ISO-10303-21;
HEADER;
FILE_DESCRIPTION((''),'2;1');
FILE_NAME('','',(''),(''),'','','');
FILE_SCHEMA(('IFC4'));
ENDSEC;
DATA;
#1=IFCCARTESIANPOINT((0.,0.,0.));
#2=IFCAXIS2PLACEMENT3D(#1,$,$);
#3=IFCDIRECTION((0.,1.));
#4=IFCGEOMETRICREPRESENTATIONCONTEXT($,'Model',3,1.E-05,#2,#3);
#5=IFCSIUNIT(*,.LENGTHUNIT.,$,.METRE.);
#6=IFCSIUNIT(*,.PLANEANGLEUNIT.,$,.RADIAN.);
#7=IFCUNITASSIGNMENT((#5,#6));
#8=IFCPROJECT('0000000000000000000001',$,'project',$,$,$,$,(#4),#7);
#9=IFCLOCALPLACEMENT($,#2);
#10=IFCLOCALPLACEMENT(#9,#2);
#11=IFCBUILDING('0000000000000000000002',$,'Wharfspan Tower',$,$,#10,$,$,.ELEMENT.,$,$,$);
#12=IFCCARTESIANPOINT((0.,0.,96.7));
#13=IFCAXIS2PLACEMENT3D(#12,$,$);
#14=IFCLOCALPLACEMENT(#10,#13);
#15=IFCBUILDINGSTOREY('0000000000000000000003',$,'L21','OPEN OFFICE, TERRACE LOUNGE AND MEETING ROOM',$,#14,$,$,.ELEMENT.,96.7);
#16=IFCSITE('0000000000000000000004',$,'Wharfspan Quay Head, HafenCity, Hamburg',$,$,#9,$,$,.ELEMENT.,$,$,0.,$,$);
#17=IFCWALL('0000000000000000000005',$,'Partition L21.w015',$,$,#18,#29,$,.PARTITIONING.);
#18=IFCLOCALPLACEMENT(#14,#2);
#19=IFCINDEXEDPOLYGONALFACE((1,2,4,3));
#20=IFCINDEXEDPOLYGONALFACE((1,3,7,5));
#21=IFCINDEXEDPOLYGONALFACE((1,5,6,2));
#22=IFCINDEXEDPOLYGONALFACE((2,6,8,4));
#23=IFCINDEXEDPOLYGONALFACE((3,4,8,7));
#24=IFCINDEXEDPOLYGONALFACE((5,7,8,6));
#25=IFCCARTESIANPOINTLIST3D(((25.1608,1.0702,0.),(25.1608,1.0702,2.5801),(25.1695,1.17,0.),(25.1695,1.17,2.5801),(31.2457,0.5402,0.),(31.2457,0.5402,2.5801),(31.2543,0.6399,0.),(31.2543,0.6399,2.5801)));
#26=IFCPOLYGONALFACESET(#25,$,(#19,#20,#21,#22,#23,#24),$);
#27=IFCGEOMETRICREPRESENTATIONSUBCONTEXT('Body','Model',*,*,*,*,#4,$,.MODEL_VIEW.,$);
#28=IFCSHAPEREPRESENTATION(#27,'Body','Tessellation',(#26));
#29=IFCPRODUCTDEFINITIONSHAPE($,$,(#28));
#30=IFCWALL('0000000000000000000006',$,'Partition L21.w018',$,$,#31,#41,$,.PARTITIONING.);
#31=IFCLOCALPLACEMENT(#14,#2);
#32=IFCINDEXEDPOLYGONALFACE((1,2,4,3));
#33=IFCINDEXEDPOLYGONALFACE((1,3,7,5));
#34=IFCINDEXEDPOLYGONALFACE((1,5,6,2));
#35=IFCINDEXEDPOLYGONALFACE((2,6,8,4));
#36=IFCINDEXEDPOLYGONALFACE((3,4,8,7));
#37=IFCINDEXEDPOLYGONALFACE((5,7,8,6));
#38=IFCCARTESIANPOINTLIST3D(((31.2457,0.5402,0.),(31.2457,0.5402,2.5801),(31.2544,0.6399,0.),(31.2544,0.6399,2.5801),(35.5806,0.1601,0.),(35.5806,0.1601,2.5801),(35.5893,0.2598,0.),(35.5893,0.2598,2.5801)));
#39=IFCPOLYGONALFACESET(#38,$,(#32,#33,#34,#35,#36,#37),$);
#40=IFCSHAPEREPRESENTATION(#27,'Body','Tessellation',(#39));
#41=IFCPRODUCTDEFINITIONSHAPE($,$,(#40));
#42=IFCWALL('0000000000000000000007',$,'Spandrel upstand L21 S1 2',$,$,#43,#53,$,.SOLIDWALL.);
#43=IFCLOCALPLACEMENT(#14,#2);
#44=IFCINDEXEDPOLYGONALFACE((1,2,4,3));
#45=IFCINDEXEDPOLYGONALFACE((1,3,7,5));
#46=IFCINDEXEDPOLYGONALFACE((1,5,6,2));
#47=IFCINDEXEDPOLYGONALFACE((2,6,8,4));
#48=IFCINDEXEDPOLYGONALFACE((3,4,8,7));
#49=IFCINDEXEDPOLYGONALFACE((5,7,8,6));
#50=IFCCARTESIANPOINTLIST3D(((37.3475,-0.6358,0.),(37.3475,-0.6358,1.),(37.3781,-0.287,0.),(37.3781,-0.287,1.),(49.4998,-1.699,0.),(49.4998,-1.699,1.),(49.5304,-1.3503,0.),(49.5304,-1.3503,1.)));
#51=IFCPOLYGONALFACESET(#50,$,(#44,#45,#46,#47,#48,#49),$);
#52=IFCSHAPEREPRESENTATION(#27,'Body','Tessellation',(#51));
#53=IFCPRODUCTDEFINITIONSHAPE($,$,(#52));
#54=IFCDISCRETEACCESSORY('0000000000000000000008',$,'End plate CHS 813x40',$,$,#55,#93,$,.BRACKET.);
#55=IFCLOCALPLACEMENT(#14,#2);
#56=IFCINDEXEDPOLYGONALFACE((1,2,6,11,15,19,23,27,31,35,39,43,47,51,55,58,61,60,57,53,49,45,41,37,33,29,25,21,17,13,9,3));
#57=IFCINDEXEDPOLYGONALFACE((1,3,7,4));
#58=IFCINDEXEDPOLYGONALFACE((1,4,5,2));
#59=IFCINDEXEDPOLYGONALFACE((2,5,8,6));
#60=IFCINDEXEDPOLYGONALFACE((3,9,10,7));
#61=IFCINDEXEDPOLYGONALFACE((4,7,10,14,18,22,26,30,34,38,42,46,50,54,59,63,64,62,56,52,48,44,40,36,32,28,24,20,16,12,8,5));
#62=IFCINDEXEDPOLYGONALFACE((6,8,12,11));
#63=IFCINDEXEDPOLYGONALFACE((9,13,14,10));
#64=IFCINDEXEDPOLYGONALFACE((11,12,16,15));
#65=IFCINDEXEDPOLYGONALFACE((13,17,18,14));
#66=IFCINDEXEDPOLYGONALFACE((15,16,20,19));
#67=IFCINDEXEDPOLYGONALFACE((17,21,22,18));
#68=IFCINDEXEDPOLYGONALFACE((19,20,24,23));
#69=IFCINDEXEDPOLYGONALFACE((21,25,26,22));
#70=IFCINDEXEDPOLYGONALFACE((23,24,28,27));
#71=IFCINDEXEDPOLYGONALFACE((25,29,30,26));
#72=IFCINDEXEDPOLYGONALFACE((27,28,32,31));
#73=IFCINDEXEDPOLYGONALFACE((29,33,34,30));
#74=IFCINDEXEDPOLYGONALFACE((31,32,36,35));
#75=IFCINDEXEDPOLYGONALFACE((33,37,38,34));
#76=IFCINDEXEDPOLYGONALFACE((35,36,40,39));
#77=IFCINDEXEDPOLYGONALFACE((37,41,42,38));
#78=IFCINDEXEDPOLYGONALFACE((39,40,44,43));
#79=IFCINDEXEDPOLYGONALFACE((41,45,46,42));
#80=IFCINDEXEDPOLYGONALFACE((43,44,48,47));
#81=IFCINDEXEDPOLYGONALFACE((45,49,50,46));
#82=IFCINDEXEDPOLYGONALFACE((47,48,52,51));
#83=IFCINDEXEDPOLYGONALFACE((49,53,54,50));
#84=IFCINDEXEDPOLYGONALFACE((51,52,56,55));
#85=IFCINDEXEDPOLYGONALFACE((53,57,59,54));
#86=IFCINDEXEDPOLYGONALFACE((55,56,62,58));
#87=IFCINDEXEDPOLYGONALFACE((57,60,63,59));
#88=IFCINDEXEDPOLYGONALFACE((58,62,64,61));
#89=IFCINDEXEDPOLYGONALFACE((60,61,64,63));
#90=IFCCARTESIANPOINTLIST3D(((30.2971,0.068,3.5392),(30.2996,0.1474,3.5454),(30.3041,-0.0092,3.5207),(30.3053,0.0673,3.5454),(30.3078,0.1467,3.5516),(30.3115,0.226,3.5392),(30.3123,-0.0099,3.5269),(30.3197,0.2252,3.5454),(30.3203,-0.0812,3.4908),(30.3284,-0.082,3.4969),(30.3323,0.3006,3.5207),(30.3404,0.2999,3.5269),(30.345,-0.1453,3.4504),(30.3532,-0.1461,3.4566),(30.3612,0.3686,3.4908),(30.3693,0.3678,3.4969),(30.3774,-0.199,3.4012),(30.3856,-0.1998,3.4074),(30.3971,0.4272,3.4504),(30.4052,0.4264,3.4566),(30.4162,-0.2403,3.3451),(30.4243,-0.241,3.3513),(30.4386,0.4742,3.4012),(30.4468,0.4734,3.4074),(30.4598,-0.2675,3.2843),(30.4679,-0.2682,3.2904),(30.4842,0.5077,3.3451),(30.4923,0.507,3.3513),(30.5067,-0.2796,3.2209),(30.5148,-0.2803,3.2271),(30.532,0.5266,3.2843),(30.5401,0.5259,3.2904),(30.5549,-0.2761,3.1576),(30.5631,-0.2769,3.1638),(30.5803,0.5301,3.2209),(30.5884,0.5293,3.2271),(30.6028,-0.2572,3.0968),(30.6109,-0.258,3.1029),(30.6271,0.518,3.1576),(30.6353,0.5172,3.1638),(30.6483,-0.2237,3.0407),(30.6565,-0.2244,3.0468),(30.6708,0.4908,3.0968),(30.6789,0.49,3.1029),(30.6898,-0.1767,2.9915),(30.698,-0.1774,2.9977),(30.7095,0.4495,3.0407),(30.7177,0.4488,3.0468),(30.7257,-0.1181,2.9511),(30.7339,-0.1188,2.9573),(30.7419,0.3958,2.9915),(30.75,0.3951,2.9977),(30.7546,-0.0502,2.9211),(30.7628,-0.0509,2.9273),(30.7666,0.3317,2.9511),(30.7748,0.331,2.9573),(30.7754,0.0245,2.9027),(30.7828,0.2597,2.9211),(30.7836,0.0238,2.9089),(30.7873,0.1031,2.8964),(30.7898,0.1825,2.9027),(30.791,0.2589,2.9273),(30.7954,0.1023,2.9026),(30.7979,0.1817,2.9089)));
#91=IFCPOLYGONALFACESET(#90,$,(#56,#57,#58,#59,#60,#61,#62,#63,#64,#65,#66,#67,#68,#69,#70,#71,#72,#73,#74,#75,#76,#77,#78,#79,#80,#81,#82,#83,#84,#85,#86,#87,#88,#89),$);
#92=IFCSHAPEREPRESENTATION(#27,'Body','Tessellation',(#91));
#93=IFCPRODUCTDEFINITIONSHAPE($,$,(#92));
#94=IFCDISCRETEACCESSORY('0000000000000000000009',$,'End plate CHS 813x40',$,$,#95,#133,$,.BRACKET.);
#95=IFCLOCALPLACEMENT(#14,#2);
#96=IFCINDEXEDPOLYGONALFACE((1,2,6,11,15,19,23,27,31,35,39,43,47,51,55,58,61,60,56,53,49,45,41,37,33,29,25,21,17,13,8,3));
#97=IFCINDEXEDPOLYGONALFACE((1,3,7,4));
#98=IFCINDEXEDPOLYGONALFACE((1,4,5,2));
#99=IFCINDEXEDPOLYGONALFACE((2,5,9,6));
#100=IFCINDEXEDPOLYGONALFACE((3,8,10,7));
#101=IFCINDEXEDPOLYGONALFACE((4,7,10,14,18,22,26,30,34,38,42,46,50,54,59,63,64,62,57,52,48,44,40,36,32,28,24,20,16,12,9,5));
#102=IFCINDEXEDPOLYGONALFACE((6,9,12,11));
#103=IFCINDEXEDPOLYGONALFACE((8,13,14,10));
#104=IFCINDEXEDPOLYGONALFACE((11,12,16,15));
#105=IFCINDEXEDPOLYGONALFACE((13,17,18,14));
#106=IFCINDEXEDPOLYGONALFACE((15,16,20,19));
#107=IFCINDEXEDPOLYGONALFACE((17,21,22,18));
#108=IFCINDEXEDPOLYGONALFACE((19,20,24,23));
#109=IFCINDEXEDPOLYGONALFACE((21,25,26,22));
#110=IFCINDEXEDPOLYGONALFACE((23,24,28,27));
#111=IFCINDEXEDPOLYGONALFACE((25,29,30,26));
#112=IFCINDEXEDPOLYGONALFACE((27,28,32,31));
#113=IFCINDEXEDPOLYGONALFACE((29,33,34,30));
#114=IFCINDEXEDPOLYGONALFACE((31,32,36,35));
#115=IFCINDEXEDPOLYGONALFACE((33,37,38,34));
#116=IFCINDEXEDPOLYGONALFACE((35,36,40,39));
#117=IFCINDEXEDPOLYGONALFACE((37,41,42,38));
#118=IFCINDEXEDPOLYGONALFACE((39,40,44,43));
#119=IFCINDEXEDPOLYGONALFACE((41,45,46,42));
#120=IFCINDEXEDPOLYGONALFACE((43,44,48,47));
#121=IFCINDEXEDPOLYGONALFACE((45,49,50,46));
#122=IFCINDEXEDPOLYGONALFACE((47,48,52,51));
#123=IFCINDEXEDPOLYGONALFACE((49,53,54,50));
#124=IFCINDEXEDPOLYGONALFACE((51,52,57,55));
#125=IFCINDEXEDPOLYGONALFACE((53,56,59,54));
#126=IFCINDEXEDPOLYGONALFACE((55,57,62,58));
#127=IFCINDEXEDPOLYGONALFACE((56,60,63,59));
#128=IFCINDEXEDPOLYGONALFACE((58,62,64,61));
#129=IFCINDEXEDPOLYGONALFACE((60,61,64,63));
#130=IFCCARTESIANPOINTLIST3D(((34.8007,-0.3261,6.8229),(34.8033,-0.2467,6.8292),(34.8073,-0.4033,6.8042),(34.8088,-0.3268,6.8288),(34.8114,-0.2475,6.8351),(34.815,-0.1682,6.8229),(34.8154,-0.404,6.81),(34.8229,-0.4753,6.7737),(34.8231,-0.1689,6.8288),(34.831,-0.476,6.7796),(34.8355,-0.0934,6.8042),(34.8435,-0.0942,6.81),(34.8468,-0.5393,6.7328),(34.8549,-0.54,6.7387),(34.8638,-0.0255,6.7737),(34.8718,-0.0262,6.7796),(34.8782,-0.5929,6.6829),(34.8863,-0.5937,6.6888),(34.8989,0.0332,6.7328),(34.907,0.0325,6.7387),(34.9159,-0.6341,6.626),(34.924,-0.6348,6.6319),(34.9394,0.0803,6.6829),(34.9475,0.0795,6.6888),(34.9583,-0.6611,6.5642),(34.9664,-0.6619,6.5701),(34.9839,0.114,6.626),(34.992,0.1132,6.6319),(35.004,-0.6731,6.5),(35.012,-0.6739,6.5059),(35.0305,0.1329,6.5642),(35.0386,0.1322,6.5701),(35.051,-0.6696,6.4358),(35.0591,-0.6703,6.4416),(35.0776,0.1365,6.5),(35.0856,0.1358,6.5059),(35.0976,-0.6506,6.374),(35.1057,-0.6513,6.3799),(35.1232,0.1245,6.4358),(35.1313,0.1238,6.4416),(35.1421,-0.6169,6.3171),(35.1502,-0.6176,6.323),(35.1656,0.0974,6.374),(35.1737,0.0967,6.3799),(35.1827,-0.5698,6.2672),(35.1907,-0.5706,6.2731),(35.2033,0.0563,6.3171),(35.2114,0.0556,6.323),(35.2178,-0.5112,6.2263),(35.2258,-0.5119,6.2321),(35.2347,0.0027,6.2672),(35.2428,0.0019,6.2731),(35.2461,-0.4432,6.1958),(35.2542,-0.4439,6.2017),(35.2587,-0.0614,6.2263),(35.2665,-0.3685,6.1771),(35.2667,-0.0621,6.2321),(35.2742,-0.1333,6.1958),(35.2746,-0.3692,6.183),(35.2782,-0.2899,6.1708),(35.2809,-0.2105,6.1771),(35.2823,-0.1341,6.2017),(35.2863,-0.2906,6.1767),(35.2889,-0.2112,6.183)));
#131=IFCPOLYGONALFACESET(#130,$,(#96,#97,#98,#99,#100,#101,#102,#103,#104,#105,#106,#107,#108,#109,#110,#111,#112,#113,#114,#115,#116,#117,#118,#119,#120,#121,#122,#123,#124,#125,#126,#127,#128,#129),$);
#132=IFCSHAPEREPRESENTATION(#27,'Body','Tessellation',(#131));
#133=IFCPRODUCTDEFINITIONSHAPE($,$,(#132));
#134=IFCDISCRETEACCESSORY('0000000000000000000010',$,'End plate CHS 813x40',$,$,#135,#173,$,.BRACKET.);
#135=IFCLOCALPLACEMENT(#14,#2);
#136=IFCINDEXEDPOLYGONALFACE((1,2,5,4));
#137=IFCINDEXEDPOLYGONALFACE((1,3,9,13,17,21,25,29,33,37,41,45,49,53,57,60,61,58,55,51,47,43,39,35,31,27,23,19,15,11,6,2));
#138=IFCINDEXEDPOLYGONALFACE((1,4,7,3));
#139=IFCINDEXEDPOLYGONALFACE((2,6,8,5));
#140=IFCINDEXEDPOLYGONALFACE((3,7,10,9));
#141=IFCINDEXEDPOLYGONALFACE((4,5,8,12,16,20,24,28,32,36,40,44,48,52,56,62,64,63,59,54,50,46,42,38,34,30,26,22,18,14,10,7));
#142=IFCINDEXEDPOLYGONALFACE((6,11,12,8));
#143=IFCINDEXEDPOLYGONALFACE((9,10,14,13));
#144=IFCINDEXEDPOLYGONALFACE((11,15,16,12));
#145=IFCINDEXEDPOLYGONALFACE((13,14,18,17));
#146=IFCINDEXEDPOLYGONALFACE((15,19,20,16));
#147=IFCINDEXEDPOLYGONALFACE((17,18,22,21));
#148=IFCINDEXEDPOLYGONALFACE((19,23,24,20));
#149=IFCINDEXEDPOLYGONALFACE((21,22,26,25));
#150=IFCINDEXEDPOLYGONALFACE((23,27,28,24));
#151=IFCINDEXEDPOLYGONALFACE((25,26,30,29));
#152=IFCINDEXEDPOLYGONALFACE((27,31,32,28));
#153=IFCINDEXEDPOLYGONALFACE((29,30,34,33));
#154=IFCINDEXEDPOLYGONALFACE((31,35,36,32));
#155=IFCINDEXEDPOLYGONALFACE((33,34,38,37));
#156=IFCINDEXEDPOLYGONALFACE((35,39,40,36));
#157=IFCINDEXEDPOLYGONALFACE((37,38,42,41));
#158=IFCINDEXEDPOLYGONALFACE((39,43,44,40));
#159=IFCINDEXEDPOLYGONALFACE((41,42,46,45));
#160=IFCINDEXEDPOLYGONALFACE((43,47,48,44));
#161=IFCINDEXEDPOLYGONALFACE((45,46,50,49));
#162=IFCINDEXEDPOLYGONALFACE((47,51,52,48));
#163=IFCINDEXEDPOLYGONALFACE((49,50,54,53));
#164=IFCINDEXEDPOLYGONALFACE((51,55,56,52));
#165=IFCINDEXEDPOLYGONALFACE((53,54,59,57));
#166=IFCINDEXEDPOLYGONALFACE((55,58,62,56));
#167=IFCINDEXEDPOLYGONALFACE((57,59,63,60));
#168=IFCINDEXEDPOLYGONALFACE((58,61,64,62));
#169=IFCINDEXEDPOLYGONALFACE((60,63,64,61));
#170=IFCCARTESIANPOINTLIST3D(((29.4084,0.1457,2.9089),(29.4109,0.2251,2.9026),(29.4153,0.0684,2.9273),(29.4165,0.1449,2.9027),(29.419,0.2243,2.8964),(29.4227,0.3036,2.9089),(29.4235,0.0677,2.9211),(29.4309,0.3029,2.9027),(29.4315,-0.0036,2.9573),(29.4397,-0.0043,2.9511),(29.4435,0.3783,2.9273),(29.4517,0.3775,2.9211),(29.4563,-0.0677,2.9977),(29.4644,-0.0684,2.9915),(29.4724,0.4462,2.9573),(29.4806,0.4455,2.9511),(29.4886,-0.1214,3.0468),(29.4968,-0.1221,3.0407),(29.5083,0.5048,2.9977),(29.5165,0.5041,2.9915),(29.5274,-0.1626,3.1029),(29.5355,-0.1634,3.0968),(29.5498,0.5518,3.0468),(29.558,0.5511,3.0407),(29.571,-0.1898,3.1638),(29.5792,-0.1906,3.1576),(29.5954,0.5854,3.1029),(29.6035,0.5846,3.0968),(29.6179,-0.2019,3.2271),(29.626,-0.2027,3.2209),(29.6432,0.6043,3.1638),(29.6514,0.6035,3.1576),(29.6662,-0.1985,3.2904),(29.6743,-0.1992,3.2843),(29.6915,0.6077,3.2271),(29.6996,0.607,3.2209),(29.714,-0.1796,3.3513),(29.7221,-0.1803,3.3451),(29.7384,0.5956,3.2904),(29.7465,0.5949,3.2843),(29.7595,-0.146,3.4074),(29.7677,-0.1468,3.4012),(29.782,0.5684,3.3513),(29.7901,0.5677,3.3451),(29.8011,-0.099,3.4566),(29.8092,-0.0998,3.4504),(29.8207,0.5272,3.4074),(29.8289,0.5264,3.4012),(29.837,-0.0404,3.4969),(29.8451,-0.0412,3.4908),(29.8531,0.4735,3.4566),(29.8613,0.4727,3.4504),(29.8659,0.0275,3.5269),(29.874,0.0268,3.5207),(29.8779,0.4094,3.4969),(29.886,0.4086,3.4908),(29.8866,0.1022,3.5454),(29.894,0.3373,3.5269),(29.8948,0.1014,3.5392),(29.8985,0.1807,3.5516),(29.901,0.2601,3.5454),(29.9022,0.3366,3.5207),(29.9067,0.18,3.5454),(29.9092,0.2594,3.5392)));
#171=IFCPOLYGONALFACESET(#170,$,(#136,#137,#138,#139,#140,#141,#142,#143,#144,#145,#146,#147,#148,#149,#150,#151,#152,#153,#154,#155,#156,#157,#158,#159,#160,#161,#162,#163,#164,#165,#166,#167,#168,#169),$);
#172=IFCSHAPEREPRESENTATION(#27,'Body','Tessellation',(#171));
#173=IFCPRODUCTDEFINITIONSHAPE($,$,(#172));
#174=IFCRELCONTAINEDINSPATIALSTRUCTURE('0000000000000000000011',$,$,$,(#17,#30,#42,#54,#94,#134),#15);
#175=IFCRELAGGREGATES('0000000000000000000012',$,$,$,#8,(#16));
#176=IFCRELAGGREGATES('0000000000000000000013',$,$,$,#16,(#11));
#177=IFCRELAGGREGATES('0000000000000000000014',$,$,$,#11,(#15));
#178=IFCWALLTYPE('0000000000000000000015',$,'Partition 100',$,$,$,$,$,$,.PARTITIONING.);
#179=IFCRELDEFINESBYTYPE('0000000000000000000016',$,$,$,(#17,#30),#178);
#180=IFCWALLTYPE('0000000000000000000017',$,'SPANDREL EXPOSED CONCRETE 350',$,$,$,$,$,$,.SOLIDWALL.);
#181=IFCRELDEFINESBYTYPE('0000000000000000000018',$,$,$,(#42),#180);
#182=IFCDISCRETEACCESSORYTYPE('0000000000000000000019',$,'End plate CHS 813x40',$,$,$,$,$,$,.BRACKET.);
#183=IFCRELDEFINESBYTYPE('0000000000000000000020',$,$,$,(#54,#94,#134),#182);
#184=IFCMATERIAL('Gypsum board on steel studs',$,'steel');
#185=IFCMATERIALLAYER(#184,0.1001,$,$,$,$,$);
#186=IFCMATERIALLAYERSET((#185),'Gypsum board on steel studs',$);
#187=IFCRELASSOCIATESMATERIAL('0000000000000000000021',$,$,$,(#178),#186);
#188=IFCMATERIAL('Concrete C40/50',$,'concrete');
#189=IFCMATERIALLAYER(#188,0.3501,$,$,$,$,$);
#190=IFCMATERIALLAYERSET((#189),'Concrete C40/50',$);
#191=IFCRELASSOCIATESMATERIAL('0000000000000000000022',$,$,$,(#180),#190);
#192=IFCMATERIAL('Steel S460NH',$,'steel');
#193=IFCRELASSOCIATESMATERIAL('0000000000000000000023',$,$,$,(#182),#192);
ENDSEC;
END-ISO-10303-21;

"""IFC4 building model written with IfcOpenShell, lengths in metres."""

from ifc_helpers import new_model, si_unit, direction, frame, frame_2d, origin, origin_2d, place, context, subcontext, project, spatial, rectangle, circle, extrude, material, layer, layer_set, material_profile, profile_set, type_object, element, save


model = new_model("IFC4")

# Units and contexts
model_context = context("Model", 3, precision=1e-05, world=origin(), true_north=direction((0.0, 1.0)))
body_context = subcontext(model_context, "Body", "Model", "MODEL_VIEW")
ifc_project = project(units=[si_unit("LENGTHUNIT", "METRE"), si_unit("PLANEANGLEUNIT", "RADIAN")], contexts=[model_context])

# Site, building, storey
site_placement = place(None, origin())
site = spatial("IfcSite", under=ifc_project, at=site_placement, Name="Wharfspan Quay Head, HafenCity, Hamburg", CompositionType="ELEMENT", RefElevation=0.0)
building_placement = place(site_placement, origin())
building = spatial("IfcBuilding", under=site, at=building_placement, Name="Wharfspan Tower", CompositionType="ELEMENT")
storey_placement = place(building_placement, frame((0.0, 0.0, 96.7)))
storey = spatial("IfcBuildingStorey", under=building, at=storey_placement, Name="L21", Description="OPEN OFFICE, TERRACE LOUNGE AND MEETING ROOM", CompositionType="ELEMENT", Elevation=96.7)

# Shared definitions
ifc_material_1 = material(Name="Steel S460NH", Category="steel")

# Walls
ifc_material_2 = material(Name="Gypsum board on steel studs", Category="steel")
ifc_layer_1 = layer(ifc_material_2, 0.1001)
ifc_layer_set_1 = layer_set([ifc_layer_1], Name="Gypsum board on steel studs")
wall_type_1 = type_object("IfcWallType", Name="Partition 100", PredefinedType="PARTITIONING", material=ifc_layer_set_1)
wall_1_placement = place(storey_placement, frame((31.25, 0.5901, 0.0), z_axis=(0.0, 0.0, 1.0), x_axis=(-0.996225, 0.086776, 0.0)))
element("IfcWall", 1, at=wall_1_placement, inside=storey, type_object=wall_type_1, Name="Partition L21.w015", PredefinedType="PARTITIONING", context=body_context, shape_type="SweptSolid", body=[
    extrude(rectangle(XDim=6.1079, YDim=0.1001, at=frame_2d((3.054, 0.0))), origin(), (0.0, 0.0, 1.0), 2.5801),
])
wall_2_placement = place(storey_placement, frame((35.585, 0.21, 0.0), z_axis=(0.0, 0.0, 1.0), x_axis=(-0.996173, 0.087353, 0.0)))
element("IfcWall", 2, at=wall_2_placement, inside=storey, type_object=wall_type_1, Name="Partition L21.w018", PredefinedType="PARTITIONING", context=body_context, shape_type="SweptSolid", body=[
    extrude(rectangle(XDim=4.3516, YDim=0.1001, at=frame_2d((2.1758, 0.0))), origin(), (0.0, 0.0, 1.0), 2.5801),
])
ifc_material_3 = material(Name="Concrete C40/50", Category="concrete")
ifc_layer_2 = layer(ifc_material_3, 0.3501)
ifc_layer_set_2 = layer_set([ifc_layer_2], Name="Concrete C40/50")
wall_type_2 = type_object("IfcWallType", Name="SPANDREL EXPOSED CONCRETE 350", PredefinedType="SOLIDWALL", material=ifc_layer_set_2)
wall_3_placement = place(storey_placement, frame((37.3628, -0.4614, 0.0), z_axis=(0.0, 0.0, 1.0), x_axis=(0.996194, -0.087159, 0.0)))
element("IfcWall", 3, at=wall_3_placement, inside=storey, type_object=wall_type_2, Name="Spandrel upstand L21 S1 2", PredefinedType="SOLIDWALL", context=body_context, shape_type="SweptSolid", body=[
    extrude(rectangle(XDim=12.1987, YDim=0.3501, at=frame_2d((6.0994, 0.0))), origin(), (0.0, 0.0, 1.0), 1.0),
])

# Discrete accessories
ifc_material_profile_1 = material_profile(ifc_material_1, circle(Radius=0.4065, at=origin_2d()))
ifc_profile_set_1 = profile_set([ifc_material_profile_1], Name="Steel S460NH")
discrete_accessory_type = type_object("IfcDiscreteAccessoryType", Name="End plate CHS 813x40", PredefinedType="BRACKET", material=ifc_profile_set_1)
discrete_accessory_1_placement = place(storey_placement, frame((30.5435, 0.1252, 3.2209), z_axis=(0.795008, -0.072273, 0.602279), x_axis=(0.090536, 0.995894, -0.000001)))
element("IfcDiscreteAccessory", 4, at=discrete_accessory_1_placement, inside=storey, type_object=discrete_accessory_type, Name="End plate CHS 813x40", PredefinedType="BRACKET", context=body_context, shape_type="SweptSolid", body=[
    extrude(circle(Radius=0.4065, at=origin_2d()), origin(), (0.0, 0.0, 1.0), 0.0103),
])
discrete_accessory_2_placement = place(storey_placement, frame((35.0408, -0.2683, 6.5), z_axis=(0.806559, -0.073324, 0.586588), x_axis=(0.090536, 0.99589, 0.0)))
element("IfcDiscreteAccessory", 5, at=discrete_accessory_2_placement, inside=storey, type_object=discrete_accessory_type, Name="End plate CHS 813x40", PredefinedType="BRACKET", context=body_context, shape_type="SweptSolid", body=[
    extrude(circle(Radius=0.4065, at=origin_2d()), origin(), (0.0, 0.0, 1.0), 0.01),
])
discrete_accessory_3_placement = place(storey_placement, frame((29.6628, 0.2021, 3.2209), z_axis=(-0.795008, 0.072273, 0.602279), x_axis=(-0.090536, -0.995894, -0.000001)))
element("IfcDiscreteAccessory", 6, at=discrete_accessory_3_placement, inside=storey, type_object=discrete_accessory_type, Name="End plate CHS 813x40", PredefinedType="BRACKET", context=body_context, shape_type="SweptSolid", body=[
    extrude(circle(Radius=0.4065, at=origin_2d()), origin(), (0.0, 0.0, 1.0), 0.0103),
])

save(model, "model.ifc")
